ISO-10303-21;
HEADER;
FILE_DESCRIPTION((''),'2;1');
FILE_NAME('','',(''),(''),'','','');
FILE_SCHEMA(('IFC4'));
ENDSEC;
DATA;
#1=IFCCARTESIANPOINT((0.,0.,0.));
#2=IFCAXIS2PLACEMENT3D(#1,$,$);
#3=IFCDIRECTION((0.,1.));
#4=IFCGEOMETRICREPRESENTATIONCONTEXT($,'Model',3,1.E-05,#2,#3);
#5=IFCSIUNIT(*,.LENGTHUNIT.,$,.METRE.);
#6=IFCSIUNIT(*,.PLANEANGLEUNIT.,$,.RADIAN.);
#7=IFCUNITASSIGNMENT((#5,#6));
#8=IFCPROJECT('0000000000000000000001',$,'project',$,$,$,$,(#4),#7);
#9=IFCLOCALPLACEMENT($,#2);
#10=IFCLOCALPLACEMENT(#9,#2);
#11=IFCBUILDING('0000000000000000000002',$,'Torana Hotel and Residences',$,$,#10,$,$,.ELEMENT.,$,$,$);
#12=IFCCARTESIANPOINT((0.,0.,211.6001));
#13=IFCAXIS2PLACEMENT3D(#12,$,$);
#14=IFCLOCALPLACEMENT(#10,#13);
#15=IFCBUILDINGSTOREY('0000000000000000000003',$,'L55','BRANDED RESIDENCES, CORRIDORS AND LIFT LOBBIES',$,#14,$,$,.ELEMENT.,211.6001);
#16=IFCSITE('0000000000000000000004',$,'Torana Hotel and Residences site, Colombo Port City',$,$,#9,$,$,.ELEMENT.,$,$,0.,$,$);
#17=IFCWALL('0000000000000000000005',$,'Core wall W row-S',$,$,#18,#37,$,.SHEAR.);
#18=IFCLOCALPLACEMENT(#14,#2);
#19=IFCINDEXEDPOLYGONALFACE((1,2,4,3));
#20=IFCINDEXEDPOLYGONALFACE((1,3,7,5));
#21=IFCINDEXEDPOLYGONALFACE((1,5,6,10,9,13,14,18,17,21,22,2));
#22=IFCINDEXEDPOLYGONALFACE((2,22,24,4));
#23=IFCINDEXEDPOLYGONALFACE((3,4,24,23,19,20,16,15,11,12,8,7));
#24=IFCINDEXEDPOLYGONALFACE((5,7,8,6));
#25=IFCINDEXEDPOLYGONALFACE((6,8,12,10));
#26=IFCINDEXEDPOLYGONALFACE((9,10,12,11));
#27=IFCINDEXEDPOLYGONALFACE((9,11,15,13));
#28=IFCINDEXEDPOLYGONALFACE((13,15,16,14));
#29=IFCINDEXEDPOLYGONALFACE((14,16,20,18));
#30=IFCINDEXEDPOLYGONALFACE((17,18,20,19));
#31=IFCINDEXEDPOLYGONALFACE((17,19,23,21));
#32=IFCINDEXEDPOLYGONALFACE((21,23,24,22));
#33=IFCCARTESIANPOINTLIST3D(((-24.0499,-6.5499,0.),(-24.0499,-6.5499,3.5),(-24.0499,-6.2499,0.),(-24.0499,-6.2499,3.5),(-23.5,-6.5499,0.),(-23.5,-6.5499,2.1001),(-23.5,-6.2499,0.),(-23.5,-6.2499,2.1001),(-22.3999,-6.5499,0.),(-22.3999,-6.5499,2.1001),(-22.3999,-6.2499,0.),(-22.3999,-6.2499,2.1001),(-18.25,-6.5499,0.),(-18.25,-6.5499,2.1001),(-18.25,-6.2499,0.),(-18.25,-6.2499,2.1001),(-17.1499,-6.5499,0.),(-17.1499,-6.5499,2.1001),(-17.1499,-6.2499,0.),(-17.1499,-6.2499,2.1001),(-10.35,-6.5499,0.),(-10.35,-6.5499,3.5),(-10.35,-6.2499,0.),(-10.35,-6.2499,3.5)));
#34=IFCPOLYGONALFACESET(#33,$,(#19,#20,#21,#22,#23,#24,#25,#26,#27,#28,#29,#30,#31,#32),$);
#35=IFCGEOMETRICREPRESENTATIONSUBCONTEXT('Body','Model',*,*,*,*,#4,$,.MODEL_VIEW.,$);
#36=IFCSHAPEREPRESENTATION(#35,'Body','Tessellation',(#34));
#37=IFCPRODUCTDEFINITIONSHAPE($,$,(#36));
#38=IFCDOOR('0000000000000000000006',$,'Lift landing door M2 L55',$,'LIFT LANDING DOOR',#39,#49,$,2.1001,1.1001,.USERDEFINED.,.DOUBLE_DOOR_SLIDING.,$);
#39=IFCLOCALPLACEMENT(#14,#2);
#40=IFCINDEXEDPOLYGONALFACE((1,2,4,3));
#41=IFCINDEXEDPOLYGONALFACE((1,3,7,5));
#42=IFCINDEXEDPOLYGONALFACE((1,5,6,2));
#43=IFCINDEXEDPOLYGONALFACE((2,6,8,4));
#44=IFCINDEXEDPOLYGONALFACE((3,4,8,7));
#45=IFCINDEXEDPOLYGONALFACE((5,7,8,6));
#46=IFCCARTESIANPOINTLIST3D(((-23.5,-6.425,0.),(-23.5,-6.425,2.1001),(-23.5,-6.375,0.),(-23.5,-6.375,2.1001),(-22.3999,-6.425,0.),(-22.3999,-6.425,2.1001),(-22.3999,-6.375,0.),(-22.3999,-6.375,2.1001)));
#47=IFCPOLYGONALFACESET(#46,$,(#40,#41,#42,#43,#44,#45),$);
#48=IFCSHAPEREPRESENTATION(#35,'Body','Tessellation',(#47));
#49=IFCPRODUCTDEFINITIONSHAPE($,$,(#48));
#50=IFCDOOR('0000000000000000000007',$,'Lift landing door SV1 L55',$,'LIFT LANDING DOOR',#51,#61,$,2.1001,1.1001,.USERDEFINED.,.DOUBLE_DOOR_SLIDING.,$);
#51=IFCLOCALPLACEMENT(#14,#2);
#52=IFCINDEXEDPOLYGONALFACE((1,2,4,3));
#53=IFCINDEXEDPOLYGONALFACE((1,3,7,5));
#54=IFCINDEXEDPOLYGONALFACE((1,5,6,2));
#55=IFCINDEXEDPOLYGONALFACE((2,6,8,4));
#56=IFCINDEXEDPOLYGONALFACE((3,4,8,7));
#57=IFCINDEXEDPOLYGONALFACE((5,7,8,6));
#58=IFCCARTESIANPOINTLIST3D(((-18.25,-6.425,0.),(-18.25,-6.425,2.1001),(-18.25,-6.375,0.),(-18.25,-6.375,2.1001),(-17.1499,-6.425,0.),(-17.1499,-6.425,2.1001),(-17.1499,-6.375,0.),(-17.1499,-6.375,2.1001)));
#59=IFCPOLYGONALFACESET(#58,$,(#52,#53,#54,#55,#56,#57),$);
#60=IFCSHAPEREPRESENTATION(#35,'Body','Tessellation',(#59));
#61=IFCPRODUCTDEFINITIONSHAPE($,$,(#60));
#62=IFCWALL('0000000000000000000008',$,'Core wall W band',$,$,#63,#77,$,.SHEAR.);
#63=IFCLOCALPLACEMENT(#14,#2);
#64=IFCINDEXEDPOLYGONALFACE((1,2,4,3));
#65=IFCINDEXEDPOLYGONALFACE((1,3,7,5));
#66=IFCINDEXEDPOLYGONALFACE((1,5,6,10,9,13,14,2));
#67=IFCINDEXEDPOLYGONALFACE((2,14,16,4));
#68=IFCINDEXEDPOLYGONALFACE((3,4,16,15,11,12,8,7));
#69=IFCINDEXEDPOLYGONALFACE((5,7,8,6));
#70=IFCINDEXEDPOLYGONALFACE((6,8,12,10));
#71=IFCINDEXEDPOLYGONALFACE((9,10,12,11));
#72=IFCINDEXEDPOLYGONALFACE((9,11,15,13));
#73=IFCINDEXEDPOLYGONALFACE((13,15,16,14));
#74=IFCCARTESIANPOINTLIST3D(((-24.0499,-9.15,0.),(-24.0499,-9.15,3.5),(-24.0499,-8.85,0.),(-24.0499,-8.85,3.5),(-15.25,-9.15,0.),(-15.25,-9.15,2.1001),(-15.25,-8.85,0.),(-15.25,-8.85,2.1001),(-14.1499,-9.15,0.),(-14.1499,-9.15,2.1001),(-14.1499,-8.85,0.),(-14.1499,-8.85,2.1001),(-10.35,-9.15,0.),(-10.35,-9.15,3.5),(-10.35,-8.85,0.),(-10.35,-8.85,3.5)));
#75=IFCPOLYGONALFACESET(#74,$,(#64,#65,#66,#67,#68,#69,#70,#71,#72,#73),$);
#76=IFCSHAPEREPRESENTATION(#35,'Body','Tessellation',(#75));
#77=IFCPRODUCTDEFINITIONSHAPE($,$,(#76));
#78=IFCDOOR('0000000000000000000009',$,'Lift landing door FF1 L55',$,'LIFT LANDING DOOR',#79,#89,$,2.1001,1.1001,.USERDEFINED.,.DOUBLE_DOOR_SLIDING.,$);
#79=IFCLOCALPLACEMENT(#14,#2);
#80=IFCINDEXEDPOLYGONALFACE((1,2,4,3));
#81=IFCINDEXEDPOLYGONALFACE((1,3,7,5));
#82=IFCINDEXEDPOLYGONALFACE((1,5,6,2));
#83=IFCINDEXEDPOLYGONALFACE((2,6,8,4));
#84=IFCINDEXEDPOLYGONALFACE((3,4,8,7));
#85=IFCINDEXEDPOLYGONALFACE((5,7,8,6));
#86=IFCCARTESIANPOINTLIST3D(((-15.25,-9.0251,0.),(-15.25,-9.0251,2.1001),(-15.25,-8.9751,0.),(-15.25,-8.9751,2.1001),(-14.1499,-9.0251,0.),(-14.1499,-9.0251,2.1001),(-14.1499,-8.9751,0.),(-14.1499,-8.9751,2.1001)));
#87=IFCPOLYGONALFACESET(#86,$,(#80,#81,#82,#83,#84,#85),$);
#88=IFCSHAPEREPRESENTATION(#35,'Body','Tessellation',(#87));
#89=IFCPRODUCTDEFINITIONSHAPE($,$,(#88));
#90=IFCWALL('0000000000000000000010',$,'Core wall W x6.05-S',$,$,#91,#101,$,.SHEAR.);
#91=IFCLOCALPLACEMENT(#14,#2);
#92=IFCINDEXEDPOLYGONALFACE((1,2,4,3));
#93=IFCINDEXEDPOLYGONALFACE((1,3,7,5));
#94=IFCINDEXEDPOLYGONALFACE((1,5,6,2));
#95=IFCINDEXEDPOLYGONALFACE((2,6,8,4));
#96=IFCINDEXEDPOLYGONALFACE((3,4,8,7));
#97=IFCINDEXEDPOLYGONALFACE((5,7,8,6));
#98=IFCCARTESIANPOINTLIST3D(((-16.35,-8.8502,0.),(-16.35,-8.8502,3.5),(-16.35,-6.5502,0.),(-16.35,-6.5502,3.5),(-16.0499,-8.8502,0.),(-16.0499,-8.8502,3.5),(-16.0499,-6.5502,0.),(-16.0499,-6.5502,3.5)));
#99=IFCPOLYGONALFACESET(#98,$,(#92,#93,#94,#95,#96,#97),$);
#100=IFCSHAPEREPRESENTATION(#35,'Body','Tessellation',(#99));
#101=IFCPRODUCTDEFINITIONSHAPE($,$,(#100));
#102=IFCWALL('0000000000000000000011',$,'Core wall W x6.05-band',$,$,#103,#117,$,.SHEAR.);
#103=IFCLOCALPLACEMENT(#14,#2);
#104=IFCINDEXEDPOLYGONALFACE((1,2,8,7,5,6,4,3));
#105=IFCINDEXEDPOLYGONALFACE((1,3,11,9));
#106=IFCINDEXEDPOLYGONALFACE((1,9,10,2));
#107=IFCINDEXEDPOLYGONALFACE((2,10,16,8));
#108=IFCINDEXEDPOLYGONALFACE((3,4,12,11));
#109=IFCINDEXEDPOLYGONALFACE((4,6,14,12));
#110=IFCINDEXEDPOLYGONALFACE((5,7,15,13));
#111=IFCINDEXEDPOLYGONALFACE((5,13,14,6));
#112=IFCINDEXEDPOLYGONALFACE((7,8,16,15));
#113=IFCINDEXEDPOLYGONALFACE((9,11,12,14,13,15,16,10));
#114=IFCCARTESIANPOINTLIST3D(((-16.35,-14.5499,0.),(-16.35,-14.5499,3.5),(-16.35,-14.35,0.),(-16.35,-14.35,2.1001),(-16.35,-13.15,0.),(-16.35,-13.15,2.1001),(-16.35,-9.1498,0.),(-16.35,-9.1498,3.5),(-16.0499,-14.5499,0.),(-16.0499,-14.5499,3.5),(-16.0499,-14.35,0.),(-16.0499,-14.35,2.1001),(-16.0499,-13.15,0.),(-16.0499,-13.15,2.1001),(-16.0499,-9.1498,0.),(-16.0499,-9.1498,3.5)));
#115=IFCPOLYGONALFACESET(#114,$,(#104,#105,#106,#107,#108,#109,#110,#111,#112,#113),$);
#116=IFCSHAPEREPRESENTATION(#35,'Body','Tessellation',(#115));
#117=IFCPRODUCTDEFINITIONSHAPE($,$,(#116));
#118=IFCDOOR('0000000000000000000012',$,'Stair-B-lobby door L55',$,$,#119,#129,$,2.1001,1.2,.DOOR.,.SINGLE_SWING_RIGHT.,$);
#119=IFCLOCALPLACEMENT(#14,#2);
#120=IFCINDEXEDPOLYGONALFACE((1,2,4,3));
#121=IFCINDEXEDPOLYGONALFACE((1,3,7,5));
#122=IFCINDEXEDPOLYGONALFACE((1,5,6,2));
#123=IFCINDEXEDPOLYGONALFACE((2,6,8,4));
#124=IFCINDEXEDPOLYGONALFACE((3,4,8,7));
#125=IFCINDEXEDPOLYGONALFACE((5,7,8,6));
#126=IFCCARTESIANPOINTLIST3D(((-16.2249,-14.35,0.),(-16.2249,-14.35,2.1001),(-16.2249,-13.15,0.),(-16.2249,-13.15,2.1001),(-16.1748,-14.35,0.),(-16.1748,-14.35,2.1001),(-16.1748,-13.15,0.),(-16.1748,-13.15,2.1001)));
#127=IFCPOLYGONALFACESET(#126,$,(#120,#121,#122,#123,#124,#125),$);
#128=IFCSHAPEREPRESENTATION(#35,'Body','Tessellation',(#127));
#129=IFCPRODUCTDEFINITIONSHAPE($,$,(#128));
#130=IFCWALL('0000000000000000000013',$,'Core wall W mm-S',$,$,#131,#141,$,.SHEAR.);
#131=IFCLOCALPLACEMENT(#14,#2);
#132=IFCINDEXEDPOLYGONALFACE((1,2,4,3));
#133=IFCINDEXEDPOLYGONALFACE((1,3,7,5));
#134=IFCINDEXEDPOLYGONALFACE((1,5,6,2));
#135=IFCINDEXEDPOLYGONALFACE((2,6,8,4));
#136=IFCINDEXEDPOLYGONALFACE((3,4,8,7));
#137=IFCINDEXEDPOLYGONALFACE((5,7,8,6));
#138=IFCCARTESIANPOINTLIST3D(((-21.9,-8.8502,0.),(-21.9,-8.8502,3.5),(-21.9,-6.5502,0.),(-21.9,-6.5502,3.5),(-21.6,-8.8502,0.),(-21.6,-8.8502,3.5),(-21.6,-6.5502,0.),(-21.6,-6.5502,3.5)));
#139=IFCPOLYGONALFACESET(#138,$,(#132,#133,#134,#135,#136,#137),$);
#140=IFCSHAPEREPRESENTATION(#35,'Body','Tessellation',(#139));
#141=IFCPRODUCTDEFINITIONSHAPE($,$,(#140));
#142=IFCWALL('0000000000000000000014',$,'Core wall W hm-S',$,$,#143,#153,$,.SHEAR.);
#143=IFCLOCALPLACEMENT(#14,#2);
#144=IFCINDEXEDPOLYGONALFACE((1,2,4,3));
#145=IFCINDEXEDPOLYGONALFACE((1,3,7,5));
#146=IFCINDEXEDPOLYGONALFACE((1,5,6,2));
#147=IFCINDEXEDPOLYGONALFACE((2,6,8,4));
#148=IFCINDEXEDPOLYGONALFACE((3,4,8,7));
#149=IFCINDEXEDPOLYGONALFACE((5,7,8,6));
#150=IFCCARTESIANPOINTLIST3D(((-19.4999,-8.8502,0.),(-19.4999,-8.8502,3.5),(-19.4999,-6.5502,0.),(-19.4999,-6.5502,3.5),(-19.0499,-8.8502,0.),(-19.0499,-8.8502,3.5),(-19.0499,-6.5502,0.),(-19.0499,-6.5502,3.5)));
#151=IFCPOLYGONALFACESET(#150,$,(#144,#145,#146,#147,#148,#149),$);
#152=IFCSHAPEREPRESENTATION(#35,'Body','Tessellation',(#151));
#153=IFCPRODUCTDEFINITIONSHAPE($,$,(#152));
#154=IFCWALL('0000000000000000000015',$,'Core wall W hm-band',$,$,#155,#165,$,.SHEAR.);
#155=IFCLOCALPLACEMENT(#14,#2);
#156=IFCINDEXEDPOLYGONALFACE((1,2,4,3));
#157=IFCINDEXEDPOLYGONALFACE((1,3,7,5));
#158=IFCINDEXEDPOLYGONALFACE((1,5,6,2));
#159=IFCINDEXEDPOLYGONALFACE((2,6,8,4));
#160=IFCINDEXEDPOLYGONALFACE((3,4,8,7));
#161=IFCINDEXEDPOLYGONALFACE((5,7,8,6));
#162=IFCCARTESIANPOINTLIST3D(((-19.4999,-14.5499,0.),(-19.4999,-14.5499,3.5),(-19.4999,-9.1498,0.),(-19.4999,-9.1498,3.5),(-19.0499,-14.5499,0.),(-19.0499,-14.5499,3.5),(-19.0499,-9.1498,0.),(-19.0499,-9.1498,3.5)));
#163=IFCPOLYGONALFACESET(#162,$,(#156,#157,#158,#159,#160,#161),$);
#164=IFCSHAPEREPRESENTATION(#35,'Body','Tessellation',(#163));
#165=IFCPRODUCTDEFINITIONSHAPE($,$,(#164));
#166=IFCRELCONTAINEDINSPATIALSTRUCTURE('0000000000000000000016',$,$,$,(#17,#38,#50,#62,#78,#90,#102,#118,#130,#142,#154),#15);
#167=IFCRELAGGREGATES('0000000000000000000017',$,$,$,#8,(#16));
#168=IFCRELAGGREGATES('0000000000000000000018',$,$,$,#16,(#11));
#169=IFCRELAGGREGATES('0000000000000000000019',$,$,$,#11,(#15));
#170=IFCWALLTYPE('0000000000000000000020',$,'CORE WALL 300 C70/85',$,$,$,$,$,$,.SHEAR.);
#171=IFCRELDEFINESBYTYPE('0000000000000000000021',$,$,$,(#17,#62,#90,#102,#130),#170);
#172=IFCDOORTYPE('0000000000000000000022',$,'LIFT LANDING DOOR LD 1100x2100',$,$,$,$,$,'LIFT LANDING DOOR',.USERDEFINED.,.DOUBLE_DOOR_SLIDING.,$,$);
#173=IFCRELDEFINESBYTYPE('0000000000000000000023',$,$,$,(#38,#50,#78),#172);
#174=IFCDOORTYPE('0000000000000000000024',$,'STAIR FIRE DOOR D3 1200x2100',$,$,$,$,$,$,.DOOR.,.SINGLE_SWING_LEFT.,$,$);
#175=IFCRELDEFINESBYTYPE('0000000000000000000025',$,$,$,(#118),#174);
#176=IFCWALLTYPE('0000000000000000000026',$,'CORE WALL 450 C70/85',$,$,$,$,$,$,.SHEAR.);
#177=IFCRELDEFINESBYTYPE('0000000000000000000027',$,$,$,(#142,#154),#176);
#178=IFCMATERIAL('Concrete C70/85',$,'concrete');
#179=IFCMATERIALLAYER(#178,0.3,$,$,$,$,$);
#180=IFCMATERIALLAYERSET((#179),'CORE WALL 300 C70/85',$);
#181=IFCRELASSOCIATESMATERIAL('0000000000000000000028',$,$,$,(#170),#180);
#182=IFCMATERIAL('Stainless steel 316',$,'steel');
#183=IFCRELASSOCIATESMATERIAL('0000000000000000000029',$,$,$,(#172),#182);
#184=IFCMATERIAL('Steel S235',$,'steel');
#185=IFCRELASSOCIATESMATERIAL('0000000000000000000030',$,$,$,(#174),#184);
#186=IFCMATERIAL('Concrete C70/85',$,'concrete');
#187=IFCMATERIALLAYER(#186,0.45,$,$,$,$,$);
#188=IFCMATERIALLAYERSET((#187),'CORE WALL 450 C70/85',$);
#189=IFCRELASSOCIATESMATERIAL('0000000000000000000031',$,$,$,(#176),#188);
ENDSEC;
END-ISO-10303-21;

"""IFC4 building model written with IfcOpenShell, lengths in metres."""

from ifc_helpers import new_model, si_unit, direction, frame, frame_2d, origin, place, context, subcontext, project, spatial, rectangle, extrude, material, layer, layer_set, type_object, element, fill, save


model = new_model("IFC4")

# Units and contexts
model_context = context("Model", 3, precision=1e-05, world=origin(), true_north=direction((0.0, 1.0)))
body_context = subcontext(model_context, "Body", "Model", "MODEL_VIEW")
ifc_project = project(units=[si_unit("LENGTHUNIT", "METRE"), si_unit("PLANEANGLEUNIT", "RADIAN")], contexts=[model_context])

# Site, building, storey
site_placement = place(None, origin())
site = spatial("IfcSite", under=ifc_project, at=site_placement, Name="Torana Hotel and Residences site, Colombo Port City", CompositionType="ELEMENT", RefElevation=0.0)
building_placement = place(site_placement, origin())
building = spatial("IfcBuilding", under=site, at=building_placement, Name="Torana Hotel and Residences", CompositionType="ELEMENT")
storey_placement = place(building_placement, frame((0.0, 0.0, 211.6001)))
storey = spatial("IfcBuildingStorey", under=building, at=storey_placement, Name="L55", Description="BRANDED RESIDENCES, CORRIDORS AND LIFT LOBBIES", CompositionType="ELEMENT", Elevation=211.6001)

# Wall, openings, doors
ifc_material_1 = material(Name="Concrete C70/85", Category="concrete")
ifc_layer_1 = layer(ifc_material_1, 0.3)
ifc_layer_set_1 = layer_set([ifc_layer_1], Name="CORE WALL 300 C70/85")
wall_type_1 = type_object("IfcWallType", Name="CORE WALL 300 C70/85", PredefinedType="SHEAR", material=ifc_layer_set_1)
wall_1_placement = place(storey_placement, frame((-24.05, -6.3999, 0.0), z_axis=(0.0, 0.0, 1.0), x_axis=(1.0, 0.0, 0.0)))
wall_1 = element("IfcWall", 1, at=wall_1_placement, inside=storey, type_object=wall_type_1, Name="Core wall W row-S", PredefinedType="SHEAR", context=body_context, shape_type="SweptSolid", body=[
    extrude(rectangle(XDim=13.7, YDim=0.3, at=frame_2d((6.8501, 0.0))), origin(), (0.0, 0.0, 1.0), 3.5),
])
opening_1_placement = place(wall_1_placement, frame((0.55, 0.0, 0.0)))
opening_1 = element("IfcOpeningElement", 2, at=opening_1_placement, cuts=wall_1, PredefinedType="OPENING", context=body_context, shape_type="SweptSolid", body=[
    extrude(rectangle(XDim=1.1001, YDim=2.1001, at=frame_2d((0.55, 1.05))), frame((0.0, 0.1599, 0.0), z_axis=(0.0, -1.0, 0.0), x_axis=(1.0, 0.0, 0.0)), (0.0, 0.0, 1.0), 0.3201),
])
opening_2_placement = place(wall_1_placement, frame((5.8, 0.0, 0.0)))
opening_2 = element("IfcOpeningElement", 3, at=opening_2_placement, cuts=wall_1, PredefinedType="OPENING", context=body_context, shape_type="SweptSolid", body=[
    extrude(rectangle(XDim=1.1001, YDim=2.1001, at=frame_2d((0.55, 1.05))), frame((0.0, 0.1599, 0.0), z_axis=(0.0, -1.0, 0.0), x_axis=(1.0, 0.0, 0.0)), (0.0, 0.0, 1.0), 0.3201),
])
ifc_material_2 = material(Name="Stainless steel 316", Category="steel")
door_type_1 = type_object("IfcDoorType", Name="LIFT LANDING DOOR LD 1100x2100", ElementType="LIFT LANDING DOOR", OperationType="DOUBLE_DOOR_SLIDING", PredefinedType="USERDEFINED", material=ifc_material_2)
door_1_placement = place(opening_1_placement, origin())
door_1 = element("IfcDoor", 4, at=door_1_placement, inside=storey, type_object=door_type_1, Name="Lift landing door M2 L55", ObjectType="LIFT LANDING DOOR", OperationType="DOUBLE_DOOR_SLIDING", OverallHeight=2.1001, OverallWidth=1.1001, PredefinedType="USERDEFINED", context=body_context, shape_type="SweptSolid", body=[
    extrude(rectangle(XDim=1.1001, YDim=2.1001, at=frame_2d((0.55, 1.05))), frame((0.0, 0.0249, 0.0), z_axis=(0.0, -1.0, 0.0), x_axis=(1.0, 0.0, 0.0)), (0.0, 0.0, 1.0), 0.05),
])
fill(opening_1, door_1)
door_2_placement = place(opening_2_placement, origin())
door_2 = element("IfcDoor", 5, at=door_2_placement, inside=storey, type_object=door_type_1, Name="Lift landing door SV1 L55", ObjectType="LIFT LANDING DOOR", OperationType="DOUBLE_DOOR_SLIDING", OverallHeight=2.1001, OverallWidth=1.1001, PredefinedType="USERDEFINED", context=body_context, shape_type="SweptSolid", body=[
    extrude(rectangle(XDim=1.1001, YDim=2.1001, at=frame_2d((0.55, 1.05))), frame((0.0, 0.0249, 0.0), z_axis=(0.0, -1.0, 0.0), x_axis=(1.0, 0.0, 0.0)), (0.0, 0.0, 1.0), 0.05),
])
fill(opening_2, door_2)

# Wall, opening, door
wall_2_placement = place(storey_placement, frame((-24.05, -9.0, 0.0), z_axis=(0.0, 0.0, 1.0), x_axis=(1.0, 0.0, 0.0)))
wall_2 = element("IfcWall", 6, at=wall_2_placement, inside=storey, type_object=wall_type_1, Name="Core wall W band", PredefinedType="SHEAR", context=body_context, shape_type="SweptSolid", body=[
    extrude(rectangle(XDim=13.7, YDim=0.3, at=frame_2d((6.8501, 0.0))), origin(), (0.0, 0.0, 1.0), 3.5),
])
opening_3_placement = place(wall_2_placement, frame((8.8, 0.0, 0.0)))
opening_3 = element("IfcOpeningElement", 7, at=opening_3_placement, cuts=wall_2, PredefinedType="OPENING", context=body_context, shape_type="SweptSolid", body=[
    extrude(rectangle(XDim=1.1001, YDim=2.1001, at=frame_2d((0.55, 1.05))), frame((0.0, 0.1599, 0.0), z_axis=(0.0, -1.0, 0.0), x_axis=(1.0, 0.0, 0.0)), (0.0, 0.0, 1.0), 0.3201),
])
door_3_placement = place(opening_3_placement, origin())
door_3 = element("IfcDoor", 8, at=door_3_placement, inside=storey, type_object=door_type_1, Name="Lift landing door FF1 L55", ObjectType="LIFT LANDING DOOR", OperationType="DOUBLE_DOOR_SLIDING", OverallHeight=2.1001, OverallWidth=1.1001, PredefinedType="USERDEFINED", context=body_context, shape_type="SweptSolid", body=[
    extrude(rectangle(XDim=1.1001, YDim=2.1001, at=frame_2d((0.55, 1.05))), frame((0.0, 0.0249, 0.0), z_axis=(0.0, -1.0, 0.0), x_axis=(1.0, 0.0, 0.0)), (0.0, 0.0, 1.0), 0.05),
])
fill(opening_3, door_3)

# Wall
wall_3_placement = place(storey_placement, frame((-16.2, -8.8501, 0.0), z_axis=(0.0, 0.0, 1.0), x_axis=(0.0, 1.0, 0.0)))
element("IfcWall", 9, at=wall_3_placement, inside=storey, type_object=wall_type_1, Name="Core wall W x6.05-S", PredefinedType="SHEAR", context=body_context, shape_type="SweptSolid", body=[
    extrude(rectangle(XDim=2.3, YDim=0.3, at=frame_2d((1.1499, 0.0))), origin(), (0.0, 0.0, 1.0), 3.5),
])

# Wall, opening, door
wall_4_placement = place(storey_placement, frame((-16.2, -14.55, 0.0), z_axis=(0.0, 0.0, 1.0), x_axis=(0.0, 1.0, 0.0)))
wall_4 = element("IfcWall", 10, at=wall_4_placement, inside=storey, type_object=wall_type_1, Name="Core wall W x6.05-band", PredefinedType="SHEAR", context=body_context, shape_type="SweptSolid", body=[
    extrude(rectangle(XDim=5.4001, YDim=0.3, at=frame_2d((2.7002, 0.0))), origin(), (0.0, 0.0, 1.0), 3.5),
])
opening_4_placement = place(wall_4_placement, frame((0.2, 0.0, 0.0)))
opening_4 = element("IfcOpeningElement", 11, at=opening_4_placement, cuts=wall_4, PredefinedType="OPENING", context=body_context, shape_type="SweptSolid", body=[
    extrude(rectangle(XDim=1.2, YDim=2.1001, at=frame_2d((0.6001, 1.05))), frame((0.0, 0.1599, 0.0), z_axis=(0.0, -1.0, 0.0), x_axis=(1.0, 0.0, 0.0)), (0.0, 0.0, 1.0), 0.3201),
])
ifc_material_3 = material(Name="Steel S235", Category="steel")
door_type_2 = type_object("IfcDoorType", Name="STAIR FIRE DOOR D3 1200x2100", OperationType="SINGLE_SWING_LEFT", PredefinedType="DOOR", material=ifc_material_3)
door_4_placement = place(opening_4_placement, origin())
door_4 = element("IfcDoor", 12, at=door_4_placement, inside=storey, type_object=door_type_2, Name="Stair-B-lobby door L55", OperationType="SINGLE_SWING_RIGHT", OverallHeight=2.1001, OverallWidth=1.2, PredefinedType="DOOR", context=body_context, shape_type="SweptSolid", body=[
    extrude(rectangle(XDim=1.2, YDim=2.1001, at=frame_2d((0.6001, 1.05))), frame((0.0, 0.0249, 0.0), z_axis=(0.0, -1.0, 0.0), x_axis=(1.0, 0.0, 0.0)), (0.0, 0.0, 1.0), 0.05),
])
fill(opening_4, door_4)

# Walls
wall_5_placement = place(storey_placement, frame((-21.75, -8.8501, 0.0), z_axis=(0.0, 0.0, 1.0), x_axis=(0.0, 1.0, 0.0)))
element("IfcWall", 13, at=wall_5_placement, inside=storey, type_object=wall_type_1, Name="Core wall W mm-S", PredefinedType="SHEAR", context=body_context, shape_type="SweptSolid", body=[
    extrude(rectangle(XDim=2.3, YDim=0.3, at=frame_2d((1.1499, 0.0))), origin(), (0.0, 0.0, 1.0), 3.5),
])
ifc_material_4 = material(Name="Concrete C70/85", Category="concrete")
ifc_layer_2 = layer(ifc_material_4, 0.45)
ifc_layer_set_2 = layer_set([ifc_layer_2], Name="CORE WALL 450 C70/85")
wall_type_2 = type_object("IfcWallType", Name="CORE WALL 450 C70/85", PredefinedType="SHEAR", material=ifc_layer_set_2)
wall_6_placement = place(storey_placement, frame((-19.2749, -8.8501, 0.0), z_axis=(0.0, 0.0, 1.0), x_axis=(0.0, 1.0, 0.0)))
element("IfcWall", 14, at=wall_6_placement, inside=storey, type_object=wall_type_2, Name="Core wall W hm-S", PredefinedType="SHEAR", context=body_context, shape_type="SweptSolid", body=[
    extrude(rectangle(XDim=2.3, YDim=0.45, at=frame_2d((1.1499, 0.0))), origin(), (0.0, 0.0, 1.0), 3.5),
])
wall_7_placement = place(storey_placement, frame((-19.2749, -14.55, 0.0), z_axis=(0.0, 0.0, 1.0), x_axis=(0.0, 1.0, 0.0)))
element("IfcWall", 15, at=wall_7_placement, inside=storey, type_object=wall_type_2, Name="Core wall W hm-band", PredefinedType="SHEAR", context=body_context, shape_type="SweptSolid", body=[
    extrude(rectangle(XDim=5.4001, YDim=0.45, at=frame_2d((2.7002, 0.0))), origin(), (0.0, 0.0, 1.0), 3.5),
])

save(model, "model.ifc")
